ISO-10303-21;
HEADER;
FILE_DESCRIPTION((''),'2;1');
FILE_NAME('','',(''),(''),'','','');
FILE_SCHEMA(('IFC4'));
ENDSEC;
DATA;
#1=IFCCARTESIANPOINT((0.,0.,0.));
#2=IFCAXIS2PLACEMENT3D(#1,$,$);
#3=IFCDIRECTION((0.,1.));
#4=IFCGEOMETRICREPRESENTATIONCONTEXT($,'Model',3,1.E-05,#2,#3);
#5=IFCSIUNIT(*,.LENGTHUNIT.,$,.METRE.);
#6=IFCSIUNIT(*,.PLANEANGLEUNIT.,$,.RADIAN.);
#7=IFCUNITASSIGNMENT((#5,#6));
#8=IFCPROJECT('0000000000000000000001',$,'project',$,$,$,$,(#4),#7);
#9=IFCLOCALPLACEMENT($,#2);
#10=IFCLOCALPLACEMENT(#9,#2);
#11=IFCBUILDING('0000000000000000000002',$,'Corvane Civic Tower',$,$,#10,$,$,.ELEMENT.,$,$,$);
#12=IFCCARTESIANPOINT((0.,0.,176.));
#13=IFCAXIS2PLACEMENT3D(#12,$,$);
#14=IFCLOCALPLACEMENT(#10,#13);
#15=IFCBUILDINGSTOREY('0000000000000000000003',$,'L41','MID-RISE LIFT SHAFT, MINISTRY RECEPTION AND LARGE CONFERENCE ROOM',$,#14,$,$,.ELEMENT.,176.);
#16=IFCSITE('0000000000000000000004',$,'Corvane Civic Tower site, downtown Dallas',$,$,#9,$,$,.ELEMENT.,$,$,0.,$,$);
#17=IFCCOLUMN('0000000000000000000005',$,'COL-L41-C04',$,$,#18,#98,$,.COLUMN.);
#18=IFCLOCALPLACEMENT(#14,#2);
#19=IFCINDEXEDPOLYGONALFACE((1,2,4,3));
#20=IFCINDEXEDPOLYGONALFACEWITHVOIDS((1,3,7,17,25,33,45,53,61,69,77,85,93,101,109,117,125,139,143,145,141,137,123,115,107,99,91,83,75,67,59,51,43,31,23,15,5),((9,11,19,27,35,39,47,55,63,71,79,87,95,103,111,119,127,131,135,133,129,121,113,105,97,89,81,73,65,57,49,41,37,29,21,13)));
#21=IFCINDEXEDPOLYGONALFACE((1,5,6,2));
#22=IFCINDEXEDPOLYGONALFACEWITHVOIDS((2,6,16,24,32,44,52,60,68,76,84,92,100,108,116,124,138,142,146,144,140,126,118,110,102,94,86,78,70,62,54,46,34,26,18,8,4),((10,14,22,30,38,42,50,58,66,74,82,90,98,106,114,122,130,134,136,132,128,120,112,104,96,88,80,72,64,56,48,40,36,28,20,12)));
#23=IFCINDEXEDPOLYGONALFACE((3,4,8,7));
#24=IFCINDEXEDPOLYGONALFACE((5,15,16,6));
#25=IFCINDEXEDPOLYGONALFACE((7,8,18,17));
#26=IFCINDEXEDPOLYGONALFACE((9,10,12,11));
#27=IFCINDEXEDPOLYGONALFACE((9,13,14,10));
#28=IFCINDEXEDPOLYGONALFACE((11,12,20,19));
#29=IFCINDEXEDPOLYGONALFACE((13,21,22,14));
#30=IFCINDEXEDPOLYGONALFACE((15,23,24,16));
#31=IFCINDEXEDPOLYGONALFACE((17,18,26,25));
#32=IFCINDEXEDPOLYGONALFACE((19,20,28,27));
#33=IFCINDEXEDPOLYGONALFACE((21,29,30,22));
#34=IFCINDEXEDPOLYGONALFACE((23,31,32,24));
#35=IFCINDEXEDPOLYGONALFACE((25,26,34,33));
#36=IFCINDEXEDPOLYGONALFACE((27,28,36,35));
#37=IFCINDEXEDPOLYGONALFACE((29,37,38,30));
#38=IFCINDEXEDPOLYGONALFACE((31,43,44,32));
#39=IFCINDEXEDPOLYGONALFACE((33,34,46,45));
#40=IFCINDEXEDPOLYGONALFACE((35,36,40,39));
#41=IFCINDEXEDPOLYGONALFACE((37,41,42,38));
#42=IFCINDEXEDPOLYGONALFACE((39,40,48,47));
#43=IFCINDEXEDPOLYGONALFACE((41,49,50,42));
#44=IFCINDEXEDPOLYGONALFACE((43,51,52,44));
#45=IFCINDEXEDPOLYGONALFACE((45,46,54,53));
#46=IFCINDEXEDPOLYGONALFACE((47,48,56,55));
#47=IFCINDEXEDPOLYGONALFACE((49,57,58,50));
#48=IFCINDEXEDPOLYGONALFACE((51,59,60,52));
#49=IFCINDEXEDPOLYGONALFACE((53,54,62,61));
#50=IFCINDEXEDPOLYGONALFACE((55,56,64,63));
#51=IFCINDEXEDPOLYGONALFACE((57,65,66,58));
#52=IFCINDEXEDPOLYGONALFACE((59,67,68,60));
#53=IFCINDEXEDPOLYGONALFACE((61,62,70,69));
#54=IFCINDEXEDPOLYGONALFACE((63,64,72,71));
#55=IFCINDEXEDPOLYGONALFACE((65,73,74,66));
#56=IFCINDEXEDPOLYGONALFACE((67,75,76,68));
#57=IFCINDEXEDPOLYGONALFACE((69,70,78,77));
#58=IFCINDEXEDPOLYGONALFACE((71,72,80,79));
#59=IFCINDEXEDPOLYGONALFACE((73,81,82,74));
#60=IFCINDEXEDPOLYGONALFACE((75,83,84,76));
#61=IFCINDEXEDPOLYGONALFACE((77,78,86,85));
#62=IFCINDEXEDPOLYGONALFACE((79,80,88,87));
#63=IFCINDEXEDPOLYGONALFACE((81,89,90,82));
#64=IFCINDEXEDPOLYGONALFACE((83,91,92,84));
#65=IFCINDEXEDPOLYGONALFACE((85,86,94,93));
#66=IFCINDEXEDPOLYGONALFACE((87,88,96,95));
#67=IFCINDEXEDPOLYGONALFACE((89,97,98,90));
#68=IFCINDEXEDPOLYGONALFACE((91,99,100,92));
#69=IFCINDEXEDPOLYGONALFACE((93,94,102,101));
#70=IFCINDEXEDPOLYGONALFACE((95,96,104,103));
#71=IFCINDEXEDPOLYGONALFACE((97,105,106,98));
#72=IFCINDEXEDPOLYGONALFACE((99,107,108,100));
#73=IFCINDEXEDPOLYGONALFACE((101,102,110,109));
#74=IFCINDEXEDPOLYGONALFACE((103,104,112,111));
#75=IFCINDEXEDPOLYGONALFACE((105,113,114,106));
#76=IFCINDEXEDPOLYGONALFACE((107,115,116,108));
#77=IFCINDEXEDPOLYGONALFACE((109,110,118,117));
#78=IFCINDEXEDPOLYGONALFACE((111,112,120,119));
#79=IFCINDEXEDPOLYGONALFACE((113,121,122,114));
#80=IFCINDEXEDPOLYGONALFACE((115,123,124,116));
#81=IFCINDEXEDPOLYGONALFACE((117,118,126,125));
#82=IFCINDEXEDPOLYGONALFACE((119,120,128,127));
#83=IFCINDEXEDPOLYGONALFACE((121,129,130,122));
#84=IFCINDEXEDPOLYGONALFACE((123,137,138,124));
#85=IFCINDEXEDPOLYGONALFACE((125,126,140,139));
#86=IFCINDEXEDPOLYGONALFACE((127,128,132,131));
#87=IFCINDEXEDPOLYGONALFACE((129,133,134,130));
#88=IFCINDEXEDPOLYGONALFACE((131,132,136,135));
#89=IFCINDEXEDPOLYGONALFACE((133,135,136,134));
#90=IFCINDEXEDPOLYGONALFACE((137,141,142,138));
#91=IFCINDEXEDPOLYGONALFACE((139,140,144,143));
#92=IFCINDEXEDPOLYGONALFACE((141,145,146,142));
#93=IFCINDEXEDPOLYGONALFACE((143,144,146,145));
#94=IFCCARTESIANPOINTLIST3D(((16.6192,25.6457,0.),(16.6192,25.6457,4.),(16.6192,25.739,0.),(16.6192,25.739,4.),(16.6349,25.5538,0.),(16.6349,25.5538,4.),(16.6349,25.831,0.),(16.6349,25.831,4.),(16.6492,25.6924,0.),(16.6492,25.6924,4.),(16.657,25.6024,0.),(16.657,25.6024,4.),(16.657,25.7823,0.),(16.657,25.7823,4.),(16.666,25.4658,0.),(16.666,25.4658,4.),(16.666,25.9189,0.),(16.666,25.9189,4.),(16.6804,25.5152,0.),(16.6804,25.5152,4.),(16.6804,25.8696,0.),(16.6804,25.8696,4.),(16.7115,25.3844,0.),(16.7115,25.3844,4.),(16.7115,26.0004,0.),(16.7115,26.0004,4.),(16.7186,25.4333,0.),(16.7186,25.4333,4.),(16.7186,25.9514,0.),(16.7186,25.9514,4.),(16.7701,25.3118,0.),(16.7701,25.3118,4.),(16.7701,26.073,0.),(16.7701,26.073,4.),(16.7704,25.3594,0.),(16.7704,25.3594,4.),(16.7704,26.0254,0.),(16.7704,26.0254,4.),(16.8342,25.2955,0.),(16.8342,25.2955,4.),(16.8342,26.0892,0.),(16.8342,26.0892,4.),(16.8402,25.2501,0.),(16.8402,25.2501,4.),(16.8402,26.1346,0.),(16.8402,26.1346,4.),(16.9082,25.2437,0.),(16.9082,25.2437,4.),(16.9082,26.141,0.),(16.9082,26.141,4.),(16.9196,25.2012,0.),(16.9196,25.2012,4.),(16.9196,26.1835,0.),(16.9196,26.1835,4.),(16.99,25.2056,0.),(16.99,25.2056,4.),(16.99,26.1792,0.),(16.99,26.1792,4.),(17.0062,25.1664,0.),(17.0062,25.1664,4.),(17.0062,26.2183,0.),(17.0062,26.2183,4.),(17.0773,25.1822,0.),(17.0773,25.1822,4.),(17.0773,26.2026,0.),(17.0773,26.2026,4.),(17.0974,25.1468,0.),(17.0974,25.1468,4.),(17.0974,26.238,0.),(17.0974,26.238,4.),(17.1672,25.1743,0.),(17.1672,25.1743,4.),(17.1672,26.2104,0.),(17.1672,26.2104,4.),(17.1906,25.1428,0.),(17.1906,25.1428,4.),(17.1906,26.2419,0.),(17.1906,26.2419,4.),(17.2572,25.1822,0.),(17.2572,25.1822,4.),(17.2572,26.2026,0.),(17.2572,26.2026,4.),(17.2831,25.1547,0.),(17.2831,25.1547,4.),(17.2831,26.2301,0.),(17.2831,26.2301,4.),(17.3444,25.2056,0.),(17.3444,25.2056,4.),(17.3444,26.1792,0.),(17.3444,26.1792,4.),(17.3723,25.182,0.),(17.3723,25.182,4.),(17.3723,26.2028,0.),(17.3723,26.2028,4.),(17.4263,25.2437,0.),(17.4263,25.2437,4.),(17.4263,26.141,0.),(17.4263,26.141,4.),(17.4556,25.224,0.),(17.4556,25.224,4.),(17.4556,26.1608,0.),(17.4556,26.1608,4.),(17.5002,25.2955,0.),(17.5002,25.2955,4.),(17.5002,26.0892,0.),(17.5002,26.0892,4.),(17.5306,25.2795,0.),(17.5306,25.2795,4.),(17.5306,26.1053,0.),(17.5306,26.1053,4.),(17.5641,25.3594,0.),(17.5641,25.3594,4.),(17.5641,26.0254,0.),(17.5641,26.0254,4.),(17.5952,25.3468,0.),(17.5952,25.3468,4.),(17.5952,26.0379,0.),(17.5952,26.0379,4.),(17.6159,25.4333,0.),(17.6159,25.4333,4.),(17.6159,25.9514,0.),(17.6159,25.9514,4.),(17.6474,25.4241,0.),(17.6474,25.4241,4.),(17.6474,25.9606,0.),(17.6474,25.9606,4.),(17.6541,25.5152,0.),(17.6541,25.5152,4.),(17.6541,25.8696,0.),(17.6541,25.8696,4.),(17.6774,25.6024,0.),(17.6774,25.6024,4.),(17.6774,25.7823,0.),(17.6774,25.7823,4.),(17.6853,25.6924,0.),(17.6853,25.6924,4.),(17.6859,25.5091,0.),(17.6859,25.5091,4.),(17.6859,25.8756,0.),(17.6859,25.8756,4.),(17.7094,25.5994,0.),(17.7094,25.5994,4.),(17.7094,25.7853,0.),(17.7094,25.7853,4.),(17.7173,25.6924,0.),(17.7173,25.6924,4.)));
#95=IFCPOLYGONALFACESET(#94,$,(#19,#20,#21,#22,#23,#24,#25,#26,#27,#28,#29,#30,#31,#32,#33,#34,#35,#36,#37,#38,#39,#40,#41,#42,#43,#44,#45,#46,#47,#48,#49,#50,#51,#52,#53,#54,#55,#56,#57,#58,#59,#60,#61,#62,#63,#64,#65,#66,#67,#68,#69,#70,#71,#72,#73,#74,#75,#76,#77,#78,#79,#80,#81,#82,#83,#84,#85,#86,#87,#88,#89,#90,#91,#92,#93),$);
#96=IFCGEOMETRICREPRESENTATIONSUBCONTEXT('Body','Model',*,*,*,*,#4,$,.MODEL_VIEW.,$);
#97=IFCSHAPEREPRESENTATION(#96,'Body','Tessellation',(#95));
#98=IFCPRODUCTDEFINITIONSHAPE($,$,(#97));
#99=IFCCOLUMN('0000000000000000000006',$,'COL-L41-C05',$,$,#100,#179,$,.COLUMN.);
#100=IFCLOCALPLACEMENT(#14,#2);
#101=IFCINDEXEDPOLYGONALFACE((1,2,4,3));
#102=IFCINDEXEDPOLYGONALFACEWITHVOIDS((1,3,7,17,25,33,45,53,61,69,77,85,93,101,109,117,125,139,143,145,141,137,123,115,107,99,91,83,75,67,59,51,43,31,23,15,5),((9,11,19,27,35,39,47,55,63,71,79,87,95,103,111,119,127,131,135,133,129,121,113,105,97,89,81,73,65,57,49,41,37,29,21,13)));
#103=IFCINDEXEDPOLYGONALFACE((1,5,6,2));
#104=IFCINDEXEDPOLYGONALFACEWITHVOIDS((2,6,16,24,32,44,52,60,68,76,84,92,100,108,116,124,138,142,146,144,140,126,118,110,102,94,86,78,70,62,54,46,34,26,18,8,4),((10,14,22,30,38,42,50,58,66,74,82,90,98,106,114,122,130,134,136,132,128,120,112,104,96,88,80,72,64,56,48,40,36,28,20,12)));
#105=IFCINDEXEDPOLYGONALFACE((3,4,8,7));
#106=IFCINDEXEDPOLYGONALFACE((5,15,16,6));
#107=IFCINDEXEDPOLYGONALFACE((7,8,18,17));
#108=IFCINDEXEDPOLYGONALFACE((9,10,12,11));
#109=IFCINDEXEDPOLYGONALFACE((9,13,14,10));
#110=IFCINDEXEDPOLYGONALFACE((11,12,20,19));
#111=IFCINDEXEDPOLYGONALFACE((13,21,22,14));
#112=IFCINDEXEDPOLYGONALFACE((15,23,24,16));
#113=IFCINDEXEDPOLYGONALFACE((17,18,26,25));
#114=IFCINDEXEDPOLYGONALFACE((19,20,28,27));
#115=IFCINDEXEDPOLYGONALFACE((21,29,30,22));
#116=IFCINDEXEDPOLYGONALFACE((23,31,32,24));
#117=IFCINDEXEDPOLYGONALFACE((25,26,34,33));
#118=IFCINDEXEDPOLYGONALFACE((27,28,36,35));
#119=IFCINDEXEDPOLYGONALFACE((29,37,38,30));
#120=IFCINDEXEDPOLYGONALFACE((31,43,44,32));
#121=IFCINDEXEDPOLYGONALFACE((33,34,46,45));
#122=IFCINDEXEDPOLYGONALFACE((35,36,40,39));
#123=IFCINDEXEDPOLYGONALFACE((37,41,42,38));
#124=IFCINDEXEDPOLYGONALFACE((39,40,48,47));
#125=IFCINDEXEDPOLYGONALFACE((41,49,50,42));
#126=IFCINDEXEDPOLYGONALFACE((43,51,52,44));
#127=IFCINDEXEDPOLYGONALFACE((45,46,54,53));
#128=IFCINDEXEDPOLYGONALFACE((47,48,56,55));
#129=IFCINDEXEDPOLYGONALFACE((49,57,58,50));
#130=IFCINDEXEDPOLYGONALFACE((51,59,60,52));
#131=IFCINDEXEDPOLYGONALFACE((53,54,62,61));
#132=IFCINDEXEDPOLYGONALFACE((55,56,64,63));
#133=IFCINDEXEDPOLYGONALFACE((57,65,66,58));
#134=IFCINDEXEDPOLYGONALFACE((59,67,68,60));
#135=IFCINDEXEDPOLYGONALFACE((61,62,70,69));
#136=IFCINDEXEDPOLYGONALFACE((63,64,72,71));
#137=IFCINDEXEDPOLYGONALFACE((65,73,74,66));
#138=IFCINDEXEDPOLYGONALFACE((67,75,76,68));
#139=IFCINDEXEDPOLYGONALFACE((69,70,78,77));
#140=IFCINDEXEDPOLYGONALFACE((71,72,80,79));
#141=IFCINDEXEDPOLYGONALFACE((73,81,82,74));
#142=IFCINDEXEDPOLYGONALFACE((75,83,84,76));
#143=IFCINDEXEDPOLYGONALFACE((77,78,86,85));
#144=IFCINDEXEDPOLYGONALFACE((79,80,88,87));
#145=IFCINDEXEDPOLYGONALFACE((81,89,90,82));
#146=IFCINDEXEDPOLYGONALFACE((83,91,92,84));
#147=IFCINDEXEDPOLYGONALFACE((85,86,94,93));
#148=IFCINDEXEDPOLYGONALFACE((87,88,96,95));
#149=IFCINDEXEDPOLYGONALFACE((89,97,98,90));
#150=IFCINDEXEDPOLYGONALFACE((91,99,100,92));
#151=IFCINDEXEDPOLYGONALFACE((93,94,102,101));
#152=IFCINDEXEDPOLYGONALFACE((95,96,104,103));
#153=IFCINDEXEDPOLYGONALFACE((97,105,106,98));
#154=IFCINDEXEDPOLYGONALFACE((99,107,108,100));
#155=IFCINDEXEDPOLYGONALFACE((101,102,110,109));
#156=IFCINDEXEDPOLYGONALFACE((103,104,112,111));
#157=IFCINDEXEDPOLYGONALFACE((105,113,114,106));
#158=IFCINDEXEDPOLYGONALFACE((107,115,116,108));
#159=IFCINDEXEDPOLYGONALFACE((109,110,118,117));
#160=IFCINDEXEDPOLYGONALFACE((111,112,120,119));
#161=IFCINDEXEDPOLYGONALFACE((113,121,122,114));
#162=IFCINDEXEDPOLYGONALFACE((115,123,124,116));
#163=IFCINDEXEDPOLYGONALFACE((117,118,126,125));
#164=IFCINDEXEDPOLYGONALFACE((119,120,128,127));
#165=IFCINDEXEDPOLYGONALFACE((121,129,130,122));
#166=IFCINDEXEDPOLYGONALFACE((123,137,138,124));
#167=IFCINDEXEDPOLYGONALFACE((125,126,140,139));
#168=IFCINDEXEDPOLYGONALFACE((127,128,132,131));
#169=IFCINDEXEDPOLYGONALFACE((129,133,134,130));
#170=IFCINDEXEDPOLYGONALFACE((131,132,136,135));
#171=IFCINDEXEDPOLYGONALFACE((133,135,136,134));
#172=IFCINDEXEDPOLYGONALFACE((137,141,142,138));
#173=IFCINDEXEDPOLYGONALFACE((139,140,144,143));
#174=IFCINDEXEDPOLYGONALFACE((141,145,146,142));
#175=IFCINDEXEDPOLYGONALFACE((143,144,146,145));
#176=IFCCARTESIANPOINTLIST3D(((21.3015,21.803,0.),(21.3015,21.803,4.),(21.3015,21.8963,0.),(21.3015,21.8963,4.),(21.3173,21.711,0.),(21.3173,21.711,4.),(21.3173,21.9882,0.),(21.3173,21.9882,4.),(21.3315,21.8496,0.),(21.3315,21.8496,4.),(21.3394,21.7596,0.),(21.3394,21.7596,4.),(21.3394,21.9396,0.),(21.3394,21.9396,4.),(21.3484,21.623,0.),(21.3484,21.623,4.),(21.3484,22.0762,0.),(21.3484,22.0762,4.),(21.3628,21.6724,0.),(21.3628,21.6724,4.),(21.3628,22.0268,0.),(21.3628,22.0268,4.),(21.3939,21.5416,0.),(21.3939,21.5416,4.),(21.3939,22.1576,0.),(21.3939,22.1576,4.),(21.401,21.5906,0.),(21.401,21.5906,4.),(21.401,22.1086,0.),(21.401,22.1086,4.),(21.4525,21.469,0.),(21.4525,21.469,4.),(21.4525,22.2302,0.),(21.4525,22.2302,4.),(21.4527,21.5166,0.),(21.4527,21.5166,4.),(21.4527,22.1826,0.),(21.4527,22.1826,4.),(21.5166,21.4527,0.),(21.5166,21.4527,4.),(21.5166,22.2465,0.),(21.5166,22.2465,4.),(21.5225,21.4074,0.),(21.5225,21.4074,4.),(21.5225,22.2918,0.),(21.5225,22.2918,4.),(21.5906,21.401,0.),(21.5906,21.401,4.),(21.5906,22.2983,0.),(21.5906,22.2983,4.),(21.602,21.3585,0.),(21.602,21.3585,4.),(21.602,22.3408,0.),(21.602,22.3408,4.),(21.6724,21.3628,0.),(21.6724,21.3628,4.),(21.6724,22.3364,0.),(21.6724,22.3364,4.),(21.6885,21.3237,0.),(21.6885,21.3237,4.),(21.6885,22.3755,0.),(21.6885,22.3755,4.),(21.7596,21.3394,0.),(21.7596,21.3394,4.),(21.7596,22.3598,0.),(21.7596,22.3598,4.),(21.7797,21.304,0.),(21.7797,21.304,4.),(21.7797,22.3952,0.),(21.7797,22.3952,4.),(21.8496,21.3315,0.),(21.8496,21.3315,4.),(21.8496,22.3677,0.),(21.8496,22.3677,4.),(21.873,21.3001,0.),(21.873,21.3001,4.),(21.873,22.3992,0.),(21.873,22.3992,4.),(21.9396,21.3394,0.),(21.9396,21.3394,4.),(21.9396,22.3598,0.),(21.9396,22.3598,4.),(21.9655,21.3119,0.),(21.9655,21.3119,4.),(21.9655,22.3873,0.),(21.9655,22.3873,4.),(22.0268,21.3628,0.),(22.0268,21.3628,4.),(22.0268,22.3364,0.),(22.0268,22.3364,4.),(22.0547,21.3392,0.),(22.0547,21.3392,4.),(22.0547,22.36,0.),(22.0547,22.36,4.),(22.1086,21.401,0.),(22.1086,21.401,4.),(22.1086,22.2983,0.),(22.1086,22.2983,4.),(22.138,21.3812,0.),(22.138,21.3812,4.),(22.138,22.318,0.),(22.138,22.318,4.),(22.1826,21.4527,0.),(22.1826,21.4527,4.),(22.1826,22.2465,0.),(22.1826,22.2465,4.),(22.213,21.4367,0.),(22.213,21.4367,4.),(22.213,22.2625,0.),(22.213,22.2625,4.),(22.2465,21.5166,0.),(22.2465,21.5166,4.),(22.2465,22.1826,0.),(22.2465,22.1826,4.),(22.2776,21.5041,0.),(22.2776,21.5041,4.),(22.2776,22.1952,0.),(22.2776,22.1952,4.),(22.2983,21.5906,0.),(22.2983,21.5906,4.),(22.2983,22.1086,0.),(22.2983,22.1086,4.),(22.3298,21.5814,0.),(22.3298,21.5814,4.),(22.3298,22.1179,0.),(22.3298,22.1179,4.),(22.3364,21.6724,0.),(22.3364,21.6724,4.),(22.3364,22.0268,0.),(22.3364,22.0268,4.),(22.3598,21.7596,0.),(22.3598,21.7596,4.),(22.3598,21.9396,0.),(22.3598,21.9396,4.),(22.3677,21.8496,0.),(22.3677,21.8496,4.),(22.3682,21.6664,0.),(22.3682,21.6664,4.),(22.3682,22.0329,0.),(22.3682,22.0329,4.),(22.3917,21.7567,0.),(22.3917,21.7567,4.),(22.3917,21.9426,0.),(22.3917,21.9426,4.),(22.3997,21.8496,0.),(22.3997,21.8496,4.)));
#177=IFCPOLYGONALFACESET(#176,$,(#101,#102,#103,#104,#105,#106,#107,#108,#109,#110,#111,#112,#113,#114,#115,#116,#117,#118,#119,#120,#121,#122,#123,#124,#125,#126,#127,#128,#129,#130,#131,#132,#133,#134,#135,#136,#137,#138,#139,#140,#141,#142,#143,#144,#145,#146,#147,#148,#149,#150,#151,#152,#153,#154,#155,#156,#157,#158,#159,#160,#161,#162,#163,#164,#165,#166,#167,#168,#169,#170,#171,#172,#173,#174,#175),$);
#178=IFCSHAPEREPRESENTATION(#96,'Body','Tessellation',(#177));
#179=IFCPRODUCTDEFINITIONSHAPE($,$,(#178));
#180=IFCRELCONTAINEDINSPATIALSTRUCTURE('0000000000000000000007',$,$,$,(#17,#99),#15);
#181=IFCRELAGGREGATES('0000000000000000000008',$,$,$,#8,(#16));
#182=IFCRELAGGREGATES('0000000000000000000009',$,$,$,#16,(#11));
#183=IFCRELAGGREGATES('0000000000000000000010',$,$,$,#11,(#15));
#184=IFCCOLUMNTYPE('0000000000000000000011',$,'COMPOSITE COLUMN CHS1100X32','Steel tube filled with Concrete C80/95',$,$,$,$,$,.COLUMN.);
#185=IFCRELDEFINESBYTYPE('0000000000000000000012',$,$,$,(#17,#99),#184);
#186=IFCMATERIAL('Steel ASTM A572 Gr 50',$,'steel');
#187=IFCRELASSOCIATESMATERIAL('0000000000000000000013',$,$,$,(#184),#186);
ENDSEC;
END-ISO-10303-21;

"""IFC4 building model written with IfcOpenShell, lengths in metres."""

from ifc_helpers import new_model, si_unit, direction, frame, origin, origin_2d, place, context, subcontext, project, spatial, hollow_circle, extrude, material, material_profile, profile_set, type_object, element, save


model = new_model("IFC4")

# Units and contexts
model_context = context("Model", 3, precision=1e-05, world=origin(), true_north=direction((0.0, 1.0)))
body_context = subcontext(model_context, "Body", "Model", "MODEL_VIEW")
ifc_project = project(units=[si_unit("LENGTHUNIT", "METRE"), si_unit("PLANEANGLEUNIT", "RADIAN")], contexts=[model_context])

# Site, building, storey
site_placement = place(None, origin())
site = spatial("IfcSite", under=ifc_project, at=site_placement, Name="Corvane Civic Tower site, downtown Dallas", CompositionType="ELEMENT", RefElevation=0.0)
building_placement = place(site_placement, origin())
building = spatial("IfcBuilding", under=site, at=building_placement, Name="Corvane Civic Tower", CompositionType="ELEMENT")
storey_placement = place(building_placement, frame((0.0, 0.0, 176.0)))
storey = spatial("IfcBuildingStorey", under=building, at=storey_placement, Name="L41", Description="MID-RISE LIFT SHAFT, MINISTRY RECEPTION AND LARGE CONFERENCE ROOM", CompositionType="ELEMENT", Elevation=176.0)

# Columns
ifc_material_1 = material(Name="Steel ASTM A572 Gr 50", Category="steel")
ifc_material_profile_1 = material_profile(ifc_material_1, hollow_circle(Radius=0.55, WallThickness=0.032, at=origin_2d()), Name="CHS1100X32")
ifc_profile_set_1 = profile_set([ifc_material_profile_1], Name="Steel ASTM A572 Gr 50")
column_type = type_object("IfcColumnType", Name="COMPOSITE COLUMN CHS1100X32", Description="Steel tube filled with Concrete C80/95", PredefinedType="COLUMN", material=ifc_profile_set_1)
for number, where, z_axis, x_axis, name in (
    (1, (17.1672, 25.6924, 0.0), (0.0, 0.0, 1.0), (1.0, 0.0, 0.0), "COL-L41-C04"),
    (2, (21.8496, 21.8496, 0.0), (0.0, 0.0, 1.0), (1.0, 0.0, 0.0), "COL-L41-C05"),
):
    element("IfcColumn", number, at=place(storey_placement, frame(where, z_axis=z_axis, x_axis=x_axis)), inside=storey, type_object=column_type, Name=name, PredefinedType="COLUMN", context=body_context, shape_type="SweptSolid", body=[
        extrude(hollow_circle(Radius=0.55, WallThickness=0.032, at=origin_2d()), origin(), (0.0, 0.0, 1.0), 4.0),
    ])

save(model, "model.ifc")
